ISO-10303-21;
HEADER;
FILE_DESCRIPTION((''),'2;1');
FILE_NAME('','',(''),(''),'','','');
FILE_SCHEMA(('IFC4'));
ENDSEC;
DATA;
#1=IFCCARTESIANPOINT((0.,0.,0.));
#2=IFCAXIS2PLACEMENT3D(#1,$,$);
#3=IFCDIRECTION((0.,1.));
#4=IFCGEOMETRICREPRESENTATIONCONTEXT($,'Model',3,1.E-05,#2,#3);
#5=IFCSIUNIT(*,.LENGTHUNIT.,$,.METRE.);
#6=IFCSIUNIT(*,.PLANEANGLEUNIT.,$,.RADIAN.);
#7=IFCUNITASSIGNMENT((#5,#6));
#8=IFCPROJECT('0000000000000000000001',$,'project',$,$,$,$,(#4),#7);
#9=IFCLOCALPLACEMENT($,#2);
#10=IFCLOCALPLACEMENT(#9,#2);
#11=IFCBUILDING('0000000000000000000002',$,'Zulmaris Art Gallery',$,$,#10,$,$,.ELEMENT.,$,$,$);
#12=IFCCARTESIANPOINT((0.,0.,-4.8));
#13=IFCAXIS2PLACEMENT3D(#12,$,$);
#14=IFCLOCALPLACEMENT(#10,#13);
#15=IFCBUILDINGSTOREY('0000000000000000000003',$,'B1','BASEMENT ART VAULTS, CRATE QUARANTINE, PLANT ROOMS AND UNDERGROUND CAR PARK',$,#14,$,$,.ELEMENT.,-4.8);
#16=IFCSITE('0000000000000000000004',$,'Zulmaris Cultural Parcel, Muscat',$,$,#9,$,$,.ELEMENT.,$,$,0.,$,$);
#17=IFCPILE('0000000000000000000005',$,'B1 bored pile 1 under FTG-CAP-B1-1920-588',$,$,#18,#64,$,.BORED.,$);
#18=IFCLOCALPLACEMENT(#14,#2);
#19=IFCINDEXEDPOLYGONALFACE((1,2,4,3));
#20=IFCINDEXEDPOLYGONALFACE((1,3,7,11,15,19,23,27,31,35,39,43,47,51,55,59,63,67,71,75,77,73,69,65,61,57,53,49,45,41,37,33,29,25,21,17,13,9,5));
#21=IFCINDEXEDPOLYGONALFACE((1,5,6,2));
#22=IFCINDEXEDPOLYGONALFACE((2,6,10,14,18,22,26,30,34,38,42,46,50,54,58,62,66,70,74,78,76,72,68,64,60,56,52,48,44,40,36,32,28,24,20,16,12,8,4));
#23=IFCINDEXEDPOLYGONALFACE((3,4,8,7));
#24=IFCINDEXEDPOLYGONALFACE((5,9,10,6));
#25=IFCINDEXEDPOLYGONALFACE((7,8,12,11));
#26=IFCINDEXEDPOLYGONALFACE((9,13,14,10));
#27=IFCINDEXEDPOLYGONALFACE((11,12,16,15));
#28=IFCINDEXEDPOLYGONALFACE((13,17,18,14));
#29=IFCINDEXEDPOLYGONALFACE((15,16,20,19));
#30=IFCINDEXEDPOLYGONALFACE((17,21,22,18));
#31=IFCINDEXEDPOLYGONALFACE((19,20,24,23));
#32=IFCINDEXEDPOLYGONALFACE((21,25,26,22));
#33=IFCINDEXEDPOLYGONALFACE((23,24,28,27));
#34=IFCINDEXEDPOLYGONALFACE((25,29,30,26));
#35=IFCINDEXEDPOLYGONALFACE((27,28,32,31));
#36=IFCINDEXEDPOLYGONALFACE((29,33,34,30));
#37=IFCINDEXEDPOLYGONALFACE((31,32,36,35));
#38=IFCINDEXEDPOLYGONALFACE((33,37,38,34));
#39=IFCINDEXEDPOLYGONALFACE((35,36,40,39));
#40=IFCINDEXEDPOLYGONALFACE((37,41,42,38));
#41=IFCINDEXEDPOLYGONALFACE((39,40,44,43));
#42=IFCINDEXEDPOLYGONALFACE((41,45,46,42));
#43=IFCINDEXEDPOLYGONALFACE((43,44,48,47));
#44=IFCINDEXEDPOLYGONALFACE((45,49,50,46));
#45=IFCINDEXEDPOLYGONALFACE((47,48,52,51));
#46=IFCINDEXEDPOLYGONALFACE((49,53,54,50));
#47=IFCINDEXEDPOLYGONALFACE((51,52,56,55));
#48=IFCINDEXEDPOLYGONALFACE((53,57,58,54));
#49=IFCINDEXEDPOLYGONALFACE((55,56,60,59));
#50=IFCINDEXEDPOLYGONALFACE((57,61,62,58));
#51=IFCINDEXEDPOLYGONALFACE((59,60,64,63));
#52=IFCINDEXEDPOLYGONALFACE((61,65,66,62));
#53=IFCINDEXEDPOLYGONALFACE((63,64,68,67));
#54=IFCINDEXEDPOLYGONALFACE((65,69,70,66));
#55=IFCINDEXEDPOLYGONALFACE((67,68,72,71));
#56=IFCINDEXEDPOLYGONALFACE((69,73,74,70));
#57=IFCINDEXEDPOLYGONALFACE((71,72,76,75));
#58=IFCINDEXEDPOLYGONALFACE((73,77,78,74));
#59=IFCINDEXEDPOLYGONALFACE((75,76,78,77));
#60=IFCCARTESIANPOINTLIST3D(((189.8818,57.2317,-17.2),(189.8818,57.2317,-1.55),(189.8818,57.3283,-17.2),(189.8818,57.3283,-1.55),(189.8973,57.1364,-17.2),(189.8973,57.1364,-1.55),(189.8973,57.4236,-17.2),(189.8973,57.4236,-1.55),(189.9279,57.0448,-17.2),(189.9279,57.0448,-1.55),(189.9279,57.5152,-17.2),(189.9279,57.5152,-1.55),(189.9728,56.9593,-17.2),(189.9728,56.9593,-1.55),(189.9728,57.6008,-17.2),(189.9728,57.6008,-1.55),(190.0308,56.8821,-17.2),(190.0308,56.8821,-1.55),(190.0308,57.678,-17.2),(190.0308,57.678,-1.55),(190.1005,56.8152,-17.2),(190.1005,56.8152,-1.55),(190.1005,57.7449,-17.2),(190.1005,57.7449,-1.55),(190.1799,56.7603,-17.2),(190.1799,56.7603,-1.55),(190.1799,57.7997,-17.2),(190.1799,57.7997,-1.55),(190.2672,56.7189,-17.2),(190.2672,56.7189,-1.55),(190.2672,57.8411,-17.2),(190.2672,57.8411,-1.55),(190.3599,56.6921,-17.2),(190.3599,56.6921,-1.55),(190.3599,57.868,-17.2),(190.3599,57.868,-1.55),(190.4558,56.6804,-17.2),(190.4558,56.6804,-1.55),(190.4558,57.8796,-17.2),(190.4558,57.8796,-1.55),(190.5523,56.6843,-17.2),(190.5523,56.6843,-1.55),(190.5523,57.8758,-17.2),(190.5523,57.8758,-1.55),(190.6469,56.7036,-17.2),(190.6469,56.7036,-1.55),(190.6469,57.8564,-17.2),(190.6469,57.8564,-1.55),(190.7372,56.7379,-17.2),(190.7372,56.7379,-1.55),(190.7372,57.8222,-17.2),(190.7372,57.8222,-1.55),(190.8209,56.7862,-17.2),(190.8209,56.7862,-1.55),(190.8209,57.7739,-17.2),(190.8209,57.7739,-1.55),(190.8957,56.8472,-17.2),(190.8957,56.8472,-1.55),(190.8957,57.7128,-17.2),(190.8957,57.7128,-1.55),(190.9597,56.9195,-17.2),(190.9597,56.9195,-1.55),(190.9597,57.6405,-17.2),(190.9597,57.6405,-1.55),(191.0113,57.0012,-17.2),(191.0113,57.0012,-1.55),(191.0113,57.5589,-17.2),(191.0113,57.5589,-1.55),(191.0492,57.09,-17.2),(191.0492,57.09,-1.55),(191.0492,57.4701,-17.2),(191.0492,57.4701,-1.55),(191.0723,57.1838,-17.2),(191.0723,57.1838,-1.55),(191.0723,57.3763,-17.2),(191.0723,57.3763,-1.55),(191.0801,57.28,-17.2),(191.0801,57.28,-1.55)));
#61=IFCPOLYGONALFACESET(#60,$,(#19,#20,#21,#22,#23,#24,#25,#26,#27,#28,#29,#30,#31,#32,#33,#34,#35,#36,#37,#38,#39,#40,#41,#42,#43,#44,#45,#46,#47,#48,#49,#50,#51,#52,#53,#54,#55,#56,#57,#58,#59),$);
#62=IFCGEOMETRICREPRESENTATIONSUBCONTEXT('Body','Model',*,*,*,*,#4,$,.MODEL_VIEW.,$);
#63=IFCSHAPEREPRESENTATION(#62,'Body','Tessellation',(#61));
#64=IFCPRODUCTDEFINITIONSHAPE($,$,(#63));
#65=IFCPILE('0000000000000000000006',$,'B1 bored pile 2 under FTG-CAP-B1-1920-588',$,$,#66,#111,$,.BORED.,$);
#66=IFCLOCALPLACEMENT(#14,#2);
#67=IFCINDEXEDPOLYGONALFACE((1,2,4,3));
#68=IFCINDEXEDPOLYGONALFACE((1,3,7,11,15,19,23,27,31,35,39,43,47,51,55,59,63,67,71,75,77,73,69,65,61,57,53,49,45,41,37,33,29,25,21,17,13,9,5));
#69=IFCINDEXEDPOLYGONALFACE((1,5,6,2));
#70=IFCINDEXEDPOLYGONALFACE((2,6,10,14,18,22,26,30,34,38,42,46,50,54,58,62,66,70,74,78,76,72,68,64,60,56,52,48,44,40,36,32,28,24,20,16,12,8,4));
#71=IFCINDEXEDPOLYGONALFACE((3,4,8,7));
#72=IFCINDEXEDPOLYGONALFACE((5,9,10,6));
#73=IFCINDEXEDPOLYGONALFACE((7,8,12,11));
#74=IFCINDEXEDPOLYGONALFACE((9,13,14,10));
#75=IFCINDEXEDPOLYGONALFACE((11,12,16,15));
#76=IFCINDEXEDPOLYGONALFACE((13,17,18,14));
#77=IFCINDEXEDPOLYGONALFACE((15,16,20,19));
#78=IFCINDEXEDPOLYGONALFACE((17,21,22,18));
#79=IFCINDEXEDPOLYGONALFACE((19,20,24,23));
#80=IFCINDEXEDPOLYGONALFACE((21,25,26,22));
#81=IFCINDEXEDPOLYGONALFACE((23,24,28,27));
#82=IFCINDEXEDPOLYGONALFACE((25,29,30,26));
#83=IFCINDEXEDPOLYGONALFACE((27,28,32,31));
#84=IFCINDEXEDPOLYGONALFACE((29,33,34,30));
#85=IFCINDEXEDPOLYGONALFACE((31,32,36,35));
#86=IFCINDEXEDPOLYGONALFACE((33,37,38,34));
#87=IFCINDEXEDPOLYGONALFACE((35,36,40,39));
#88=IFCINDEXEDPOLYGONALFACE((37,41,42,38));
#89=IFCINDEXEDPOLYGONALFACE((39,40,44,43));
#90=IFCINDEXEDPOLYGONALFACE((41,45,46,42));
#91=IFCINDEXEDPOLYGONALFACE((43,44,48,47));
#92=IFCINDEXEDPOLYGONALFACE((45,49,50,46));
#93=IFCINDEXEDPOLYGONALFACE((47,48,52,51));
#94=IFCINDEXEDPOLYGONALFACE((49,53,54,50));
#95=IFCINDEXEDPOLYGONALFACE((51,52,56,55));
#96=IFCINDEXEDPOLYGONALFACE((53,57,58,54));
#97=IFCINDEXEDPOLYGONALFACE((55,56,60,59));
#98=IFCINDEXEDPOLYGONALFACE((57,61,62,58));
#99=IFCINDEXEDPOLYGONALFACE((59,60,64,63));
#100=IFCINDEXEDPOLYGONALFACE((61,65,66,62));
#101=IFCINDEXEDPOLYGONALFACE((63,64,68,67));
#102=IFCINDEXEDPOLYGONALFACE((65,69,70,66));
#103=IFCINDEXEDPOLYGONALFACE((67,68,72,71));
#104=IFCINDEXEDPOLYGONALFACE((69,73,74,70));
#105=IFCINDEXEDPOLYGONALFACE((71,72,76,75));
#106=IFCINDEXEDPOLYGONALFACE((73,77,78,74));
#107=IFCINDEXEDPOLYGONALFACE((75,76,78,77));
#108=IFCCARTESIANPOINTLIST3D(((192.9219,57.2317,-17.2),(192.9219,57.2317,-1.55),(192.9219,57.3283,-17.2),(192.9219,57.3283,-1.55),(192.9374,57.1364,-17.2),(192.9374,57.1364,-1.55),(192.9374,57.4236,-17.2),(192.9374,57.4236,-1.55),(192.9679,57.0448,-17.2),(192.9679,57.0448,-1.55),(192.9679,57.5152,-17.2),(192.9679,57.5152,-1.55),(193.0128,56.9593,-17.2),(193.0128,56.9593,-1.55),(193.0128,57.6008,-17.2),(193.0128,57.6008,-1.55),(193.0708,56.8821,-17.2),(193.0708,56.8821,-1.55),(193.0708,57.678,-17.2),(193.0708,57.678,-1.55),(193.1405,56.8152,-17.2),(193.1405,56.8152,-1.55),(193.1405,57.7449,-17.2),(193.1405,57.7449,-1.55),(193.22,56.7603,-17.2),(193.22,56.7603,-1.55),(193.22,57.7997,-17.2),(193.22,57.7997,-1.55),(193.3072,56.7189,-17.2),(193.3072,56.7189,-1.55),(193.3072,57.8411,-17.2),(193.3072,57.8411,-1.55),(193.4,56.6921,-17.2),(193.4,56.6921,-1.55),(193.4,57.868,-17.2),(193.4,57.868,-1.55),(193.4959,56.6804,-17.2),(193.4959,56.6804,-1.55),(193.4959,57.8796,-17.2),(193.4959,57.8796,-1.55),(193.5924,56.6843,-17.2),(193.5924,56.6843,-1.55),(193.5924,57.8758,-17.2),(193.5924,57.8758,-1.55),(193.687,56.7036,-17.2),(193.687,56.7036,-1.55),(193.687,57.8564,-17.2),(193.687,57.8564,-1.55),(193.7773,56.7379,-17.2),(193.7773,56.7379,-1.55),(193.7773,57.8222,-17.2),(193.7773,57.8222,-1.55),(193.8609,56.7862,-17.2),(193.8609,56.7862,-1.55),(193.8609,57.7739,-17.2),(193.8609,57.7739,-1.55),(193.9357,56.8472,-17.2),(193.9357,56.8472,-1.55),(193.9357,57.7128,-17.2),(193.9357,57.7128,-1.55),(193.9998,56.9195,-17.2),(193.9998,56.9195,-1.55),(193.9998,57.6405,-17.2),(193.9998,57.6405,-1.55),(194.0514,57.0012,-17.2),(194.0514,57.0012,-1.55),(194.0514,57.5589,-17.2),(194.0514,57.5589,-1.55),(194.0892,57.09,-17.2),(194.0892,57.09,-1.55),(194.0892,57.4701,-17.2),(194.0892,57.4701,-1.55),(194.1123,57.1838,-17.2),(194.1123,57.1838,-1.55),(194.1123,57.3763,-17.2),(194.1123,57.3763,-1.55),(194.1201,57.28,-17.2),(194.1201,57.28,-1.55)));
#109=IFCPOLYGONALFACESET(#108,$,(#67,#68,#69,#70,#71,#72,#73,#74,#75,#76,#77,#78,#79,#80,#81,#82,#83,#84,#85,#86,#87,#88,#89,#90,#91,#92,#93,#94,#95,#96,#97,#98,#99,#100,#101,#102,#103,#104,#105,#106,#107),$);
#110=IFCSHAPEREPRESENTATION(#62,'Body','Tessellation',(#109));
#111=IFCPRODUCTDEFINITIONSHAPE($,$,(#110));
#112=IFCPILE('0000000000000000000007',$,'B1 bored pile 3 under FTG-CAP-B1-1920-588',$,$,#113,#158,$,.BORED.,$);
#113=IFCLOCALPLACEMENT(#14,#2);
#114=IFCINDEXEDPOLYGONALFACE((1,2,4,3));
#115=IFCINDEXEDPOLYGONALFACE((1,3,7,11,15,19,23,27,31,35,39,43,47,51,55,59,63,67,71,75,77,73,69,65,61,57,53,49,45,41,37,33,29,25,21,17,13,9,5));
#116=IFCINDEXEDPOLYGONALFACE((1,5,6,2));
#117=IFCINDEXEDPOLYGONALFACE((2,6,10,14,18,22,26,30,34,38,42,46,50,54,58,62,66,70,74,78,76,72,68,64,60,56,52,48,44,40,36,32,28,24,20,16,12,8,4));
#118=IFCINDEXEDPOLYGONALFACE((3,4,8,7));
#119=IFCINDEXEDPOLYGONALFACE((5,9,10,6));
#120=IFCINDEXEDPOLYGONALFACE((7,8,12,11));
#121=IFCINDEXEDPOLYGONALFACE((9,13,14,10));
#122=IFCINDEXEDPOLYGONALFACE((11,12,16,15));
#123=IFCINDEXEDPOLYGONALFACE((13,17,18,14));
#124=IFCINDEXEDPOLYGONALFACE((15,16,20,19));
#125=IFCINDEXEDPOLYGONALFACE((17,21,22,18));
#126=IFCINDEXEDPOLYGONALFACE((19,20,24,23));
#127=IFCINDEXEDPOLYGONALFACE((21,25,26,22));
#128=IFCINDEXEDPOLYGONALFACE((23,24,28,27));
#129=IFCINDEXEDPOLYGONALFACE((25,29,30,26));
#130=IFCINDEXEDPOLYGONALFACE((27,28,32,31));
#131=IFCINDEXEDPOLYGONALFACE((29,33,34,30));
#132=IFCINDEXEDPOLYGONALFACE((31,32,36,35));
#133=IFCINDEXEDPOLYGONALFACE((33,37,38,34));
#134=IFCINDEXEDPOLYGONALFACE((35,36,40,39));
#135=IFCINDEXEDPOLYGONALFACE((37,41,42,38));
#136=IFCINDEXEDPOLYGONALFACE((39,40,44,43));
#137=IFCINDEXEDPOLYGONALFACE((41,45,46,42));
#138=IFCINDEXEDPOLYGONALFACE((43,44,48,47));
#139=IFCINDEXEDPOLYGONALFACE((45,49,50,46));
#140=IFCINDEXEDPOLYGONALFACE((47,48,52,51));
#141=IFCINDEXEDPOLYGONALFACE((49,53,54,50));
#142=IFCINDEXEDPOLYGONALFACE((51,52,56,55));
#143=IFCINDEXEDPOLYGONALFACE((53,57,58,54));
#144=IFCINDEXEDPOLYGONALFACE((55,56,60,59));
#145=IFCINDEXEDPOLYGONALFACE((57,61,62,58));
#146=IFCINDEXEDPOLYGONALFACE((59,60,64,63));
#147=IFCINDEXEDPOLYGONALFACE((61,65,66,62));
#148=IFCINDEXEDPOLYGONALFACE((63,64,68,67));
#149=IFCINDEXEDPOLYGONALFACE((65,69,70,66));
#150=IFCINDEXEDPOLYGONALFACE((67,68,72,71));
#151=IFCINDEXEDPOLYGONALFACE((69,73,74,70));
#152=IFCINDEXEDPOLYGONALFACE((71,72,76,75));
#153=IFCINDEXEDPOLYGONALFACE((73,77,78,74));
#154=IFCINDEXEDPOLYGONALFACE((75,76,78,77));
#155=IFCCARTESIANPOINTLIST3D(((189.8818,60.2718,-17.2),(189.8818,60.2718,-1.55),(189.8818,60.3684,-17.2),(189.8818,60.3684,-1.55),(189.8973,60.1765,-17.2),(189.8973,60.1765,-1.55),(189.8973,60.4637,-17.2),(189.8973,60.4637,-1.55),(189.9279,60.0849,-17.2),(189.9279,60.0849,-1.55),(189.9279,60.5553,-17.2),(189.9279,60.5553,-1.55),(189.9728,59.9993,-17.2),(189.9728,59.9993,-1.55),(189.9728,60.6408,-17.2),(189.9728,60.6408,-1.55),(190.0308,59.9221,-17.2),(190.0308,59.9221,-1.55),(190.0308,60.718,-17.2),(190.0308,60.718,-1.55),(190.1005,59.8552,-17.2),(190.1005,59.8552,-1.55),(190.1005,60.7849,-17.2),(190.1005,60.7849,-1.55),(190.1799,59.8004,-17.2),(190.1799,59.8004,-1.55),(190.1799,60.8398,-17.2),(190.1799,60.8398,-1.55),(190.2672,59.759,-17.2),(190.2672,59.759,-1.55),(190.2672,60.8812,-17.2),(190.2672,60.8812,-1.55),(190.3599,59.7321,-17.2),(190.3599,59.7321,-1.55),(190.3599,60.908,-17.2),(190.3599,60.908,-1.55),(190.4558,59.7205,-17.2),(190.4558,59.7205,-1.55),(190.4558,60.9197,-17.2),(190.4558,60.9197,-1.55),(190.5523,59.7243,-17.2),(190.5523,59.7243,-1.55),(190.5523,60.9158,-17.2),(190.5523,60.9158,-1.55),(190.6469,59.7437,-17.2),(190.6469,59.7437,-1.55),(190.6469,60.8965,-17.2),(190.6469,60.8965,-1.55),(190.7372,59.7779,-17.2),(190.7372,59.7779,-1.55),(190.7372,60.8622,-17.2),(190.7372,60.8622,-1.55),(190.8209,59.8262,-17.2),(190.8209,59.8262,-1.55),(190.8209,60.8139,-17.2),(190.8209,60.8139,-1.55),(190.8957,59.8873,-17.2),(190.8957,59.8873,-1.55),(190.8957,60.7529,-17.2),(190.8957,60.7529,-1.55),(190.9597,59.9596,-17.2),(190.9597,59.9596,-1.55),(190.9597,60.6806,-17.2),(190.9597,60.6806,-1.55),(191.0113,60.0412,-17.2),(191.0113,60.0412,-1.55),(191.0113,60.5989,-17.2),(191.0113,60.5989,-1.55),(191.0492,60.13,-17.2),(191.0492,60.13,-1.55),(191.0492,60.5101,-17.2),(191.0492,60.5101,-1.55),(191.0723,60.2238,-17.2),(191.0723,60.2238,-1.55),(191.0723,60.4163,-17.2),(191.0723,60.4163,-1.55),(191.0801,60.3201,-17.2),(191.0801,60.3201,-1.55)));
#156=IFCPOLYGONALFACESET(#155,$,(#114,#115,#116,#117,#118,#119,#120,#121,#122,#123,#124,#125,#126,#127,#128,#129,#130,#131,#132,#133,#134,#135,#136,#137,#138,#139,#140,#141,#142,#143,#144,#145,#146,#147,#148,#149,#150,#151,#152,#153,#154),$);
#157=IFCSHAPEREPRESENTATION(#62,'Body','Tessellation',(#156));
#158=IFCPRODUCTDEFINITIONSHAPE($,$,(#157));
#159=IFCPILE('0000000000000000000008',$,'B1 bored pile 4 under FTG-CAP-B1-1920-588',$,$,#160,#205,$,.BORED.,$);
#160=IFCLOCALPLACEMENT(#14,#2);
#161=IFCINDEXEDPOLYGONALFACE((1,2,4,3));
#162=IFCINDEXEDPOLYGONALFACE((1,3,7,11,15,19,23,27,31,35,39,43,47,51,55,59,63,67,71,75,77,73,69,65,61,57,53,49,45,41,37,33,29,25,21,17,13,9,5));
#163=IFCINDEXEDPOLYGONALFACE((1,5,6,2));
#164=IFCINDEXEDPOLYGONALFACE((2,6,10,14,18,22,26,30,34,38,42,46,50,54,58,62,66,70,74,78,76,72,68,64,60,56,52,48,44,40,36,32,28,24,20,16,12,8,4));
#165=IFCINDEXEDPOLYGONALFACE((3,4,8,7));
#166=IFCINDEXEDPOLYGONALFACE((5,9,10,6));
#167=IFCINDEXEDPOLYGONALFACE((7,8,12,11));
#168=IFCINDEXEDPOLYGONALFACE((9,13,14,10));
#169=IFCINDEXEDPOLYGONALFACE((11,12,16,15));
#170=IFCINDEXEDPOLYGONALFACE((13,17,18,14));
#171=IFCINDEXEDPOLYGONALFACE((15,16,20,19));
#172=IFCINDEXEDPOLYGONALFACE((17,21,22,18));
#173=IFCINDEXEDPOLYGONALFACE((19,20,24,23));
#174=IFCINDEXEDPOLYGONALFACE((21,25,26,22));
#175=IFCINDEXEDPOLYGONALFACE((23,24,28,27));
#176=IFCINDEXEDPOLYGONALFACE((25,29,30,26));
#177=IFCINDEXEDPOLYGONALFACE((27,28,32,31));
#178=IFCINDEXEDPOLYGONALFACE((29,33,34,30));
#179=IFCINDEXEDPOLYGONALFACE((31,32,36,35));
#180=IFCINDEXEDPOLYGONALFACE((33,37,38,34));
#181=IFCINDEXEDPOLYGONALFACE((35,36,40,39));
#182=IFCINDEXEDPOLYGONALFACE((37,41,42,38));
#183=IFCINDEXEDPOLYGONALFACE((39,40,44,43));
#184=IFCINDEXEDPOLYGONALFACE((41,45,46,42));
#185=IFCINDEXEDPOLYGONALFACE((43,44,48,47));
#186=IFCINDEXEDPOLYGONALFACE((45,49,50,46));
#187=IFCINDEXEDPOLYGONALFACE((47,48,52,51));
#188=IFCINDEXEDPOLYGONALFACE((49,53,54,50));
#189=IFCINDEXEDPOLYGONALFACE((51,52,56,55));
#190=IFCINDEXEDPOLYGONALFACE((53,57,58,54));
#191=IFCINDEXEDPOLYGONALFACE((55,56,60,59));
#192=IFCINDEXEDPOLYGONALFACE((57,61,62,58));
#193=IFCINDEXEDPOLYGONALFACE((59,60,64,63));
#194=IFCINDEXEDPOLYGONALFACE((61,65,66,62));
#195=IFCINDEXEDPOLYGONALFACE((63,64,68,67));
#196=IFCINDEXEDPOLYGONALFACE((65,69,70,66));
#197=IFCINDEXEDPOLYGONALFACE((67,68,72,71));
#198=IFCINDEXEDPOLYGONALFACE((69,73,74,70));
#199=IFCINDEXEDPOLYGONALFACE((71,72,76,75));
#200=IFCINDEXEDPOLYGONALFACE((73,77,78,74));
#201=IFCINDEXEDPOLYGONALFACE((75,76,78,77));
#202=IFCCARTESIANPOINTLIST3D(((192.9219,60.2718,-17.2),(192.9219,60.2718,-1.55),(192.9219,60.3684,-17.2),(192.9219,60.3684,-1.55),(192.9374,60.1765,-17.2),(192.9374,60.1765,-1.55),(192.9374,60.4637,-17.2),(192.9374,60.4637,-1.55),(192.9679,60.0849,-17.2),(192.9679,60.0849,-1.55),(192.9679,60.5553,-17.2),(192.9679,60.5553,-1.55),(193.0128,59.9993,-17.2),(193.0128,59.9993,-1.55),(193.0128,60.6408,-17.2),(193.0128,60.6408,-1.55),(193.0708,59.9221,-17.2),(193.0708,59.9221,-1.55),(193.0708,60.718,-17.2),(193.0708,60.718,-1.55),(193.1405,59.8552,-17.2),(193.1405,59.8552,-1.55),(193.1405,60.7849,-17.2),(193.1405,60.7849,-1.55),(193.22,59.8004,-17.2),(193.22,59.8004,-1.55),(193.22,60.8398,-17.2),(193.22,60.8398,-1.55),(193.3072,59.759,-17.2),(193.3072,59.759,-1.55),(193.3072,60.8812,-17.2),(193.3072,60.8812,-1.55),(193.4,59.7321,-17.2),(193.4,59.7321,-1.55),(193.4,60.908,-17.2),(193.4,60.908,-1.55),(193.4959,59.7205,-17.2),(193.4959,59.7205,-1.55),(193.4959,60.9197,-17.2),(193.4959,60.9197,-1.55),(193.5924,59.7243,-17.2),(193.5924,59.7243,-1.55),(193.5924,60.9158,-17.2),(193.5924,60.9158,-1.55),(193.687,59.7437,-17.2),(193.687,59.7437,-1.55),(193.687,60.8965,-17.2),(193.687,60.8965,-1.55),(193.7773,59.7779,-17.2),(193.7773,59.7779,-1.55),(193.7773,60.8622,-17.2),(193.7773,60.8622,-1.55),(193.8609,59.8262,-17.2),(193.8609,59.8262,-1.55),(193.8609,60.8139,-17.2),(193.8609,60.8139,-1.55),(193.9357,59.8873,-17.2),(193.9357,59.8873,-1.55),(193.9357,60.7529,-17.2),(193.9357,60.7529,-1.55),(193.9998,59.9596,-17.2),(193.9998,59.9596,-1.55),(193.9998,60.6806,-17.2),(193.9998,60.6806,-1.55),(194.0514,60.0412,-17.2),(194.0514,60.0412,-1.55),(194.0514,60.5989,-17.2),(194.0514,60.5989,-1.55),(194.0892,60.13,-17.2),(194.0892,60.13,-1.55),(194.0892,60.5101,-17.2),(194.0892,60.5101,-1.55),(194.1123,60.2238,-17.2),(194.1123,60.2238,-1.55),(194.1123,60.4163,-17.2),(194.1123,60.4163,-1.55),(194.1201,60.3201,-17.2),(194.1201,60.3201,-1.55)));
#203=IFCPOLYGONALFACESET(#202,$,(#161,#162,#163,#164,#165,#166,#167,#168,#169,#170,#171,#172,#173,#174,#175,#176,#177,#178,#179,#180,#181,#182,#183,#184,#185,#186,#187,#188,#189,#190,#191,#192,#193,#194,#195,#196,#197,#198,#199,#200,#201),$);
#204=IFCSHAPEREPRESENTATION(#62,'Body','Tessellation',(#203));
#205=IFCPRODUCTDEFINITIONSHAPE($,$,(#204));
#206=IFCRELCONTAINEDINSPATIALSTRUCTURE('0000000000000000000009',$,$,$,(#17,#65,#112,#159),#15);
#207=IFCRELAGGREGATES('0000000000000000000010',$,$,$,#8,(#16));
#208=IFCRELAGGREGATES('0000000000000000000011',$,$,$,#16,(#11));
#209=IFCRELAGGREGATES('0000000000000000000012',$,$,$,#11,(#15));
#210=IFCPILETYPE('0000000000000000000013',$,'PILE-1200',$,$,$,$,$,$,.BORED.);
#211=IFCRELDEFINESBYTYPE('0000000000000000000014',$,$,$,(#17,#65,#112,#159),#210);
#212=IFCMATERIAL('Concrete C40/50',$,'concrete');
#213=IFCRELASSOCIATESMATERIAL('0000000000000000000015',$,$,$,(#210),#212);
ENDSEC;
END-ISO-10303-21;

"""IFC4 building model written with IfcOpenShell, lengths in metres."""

from ifc_helpers import new_model, si_unit, direction, frame, origin, origin_2d, place, context, subcontext, project, spatial, circle, extrude, material, material_profile, profile_set, type_object, element, save


model = new_model("IFC4")

# Units and contexts
model_context = context("Model", 3, precision=1e-05, world=origin(), true_north=direction((0.0, 1.0)))
body_context = subcontext(model_context, "Body", "Model", "MODEL_VIEW")
ifc_project = project(units=[si_unit("LENGTHUNIT", "METRE"), si_unit("PLANEANGLEUNIT", "RADIAN")], contexts=[model_context])

# Site, building, storey
site_placement = place(None, origin())
site = spatial("IfcSite", under=ifc_project, at=site_placement, Name="Zulmaris Cultural Parcel, Muscat", CompositionType="ELEMENT", RefElevation=0.0)
building_placement = place(site_placement, origin())
building = spatial("IfcBuilding", under=site, at=building_placement, Name="Zulmaris Art Gallery", CompositionType="ELEMENT")
storey_placement = place(building_placement, frame((0.0, 0.0, -4.8)))
storey = spatial("IfcBuildingStorey", under=building, at=storey_placement, Name="B1", Description="BASEMENT ART VAULTS, CRATE QUARANTINE, PLANT ROOMS AND UNDERGROUND CAR PARK", CompositionType="ELEMENT", Elevation=-4.8)

# Piles
ifc_material_1 = material(Name="Concrete C40/50", Category="concrete")
ifc_material_profile_1 = material_profile(ifc_material_1, circle(Radius=0.6001, at=origin_2d()), Name="PILE DIA 1200")
ifc_profile_set_1 = profile_set([ifc_material_profile_1], Name="Concrete C40/50")
pile_type = type_object("IfcPileType", Name="PILE-1200", PredefinedType="BORED", material=ifc_profile_set_1)
for number, where, z_axis, x_axis, name in (
    (1, (190.48, 57.28, -1.55), (0.0, 0.0, -1.0), (1.0, 0.0, 0.0), "B1 bored pile 1 under FTG-CAP-B1-1920-588"),
    (2, (193.52, 57.28, -1.55), (0.0, 0.0, -1.0), (1.0, 0.0, 0.0), "B1 bored pile 2 under FTG-CAP-B1-1920-588"),
    (3, (190.48, 60.3201, -1.55), (0.0, 0.0, -1.0), (1.0, 0.0, 0.0), "B1 bored pile 3 under FTG-CAP-B1-1920-588"),
    (4, (193.52, 60.3201, -1.55), (0.0, 0.0, -1.0), (1.0, 0.0, 0.0), "B1 bored pile 4 under FTG-CAP-B1-1920-588"),
):
    element("IfcPile", number, at=place(storey_placement, frame(where, z_axis=z_axis, x_axis=x_axis)), inside=storey, type_object=pile_type, Name=name, PredefinedType="BORED", context=body_context, shape_type="SweptSolid", body=[
        extrude(circle(Radius=0.6001, at=origin_2d()), origin(), (0.0, 0.0, 1.0), 15.6499),
    ])

save(model, "model.ifc")
